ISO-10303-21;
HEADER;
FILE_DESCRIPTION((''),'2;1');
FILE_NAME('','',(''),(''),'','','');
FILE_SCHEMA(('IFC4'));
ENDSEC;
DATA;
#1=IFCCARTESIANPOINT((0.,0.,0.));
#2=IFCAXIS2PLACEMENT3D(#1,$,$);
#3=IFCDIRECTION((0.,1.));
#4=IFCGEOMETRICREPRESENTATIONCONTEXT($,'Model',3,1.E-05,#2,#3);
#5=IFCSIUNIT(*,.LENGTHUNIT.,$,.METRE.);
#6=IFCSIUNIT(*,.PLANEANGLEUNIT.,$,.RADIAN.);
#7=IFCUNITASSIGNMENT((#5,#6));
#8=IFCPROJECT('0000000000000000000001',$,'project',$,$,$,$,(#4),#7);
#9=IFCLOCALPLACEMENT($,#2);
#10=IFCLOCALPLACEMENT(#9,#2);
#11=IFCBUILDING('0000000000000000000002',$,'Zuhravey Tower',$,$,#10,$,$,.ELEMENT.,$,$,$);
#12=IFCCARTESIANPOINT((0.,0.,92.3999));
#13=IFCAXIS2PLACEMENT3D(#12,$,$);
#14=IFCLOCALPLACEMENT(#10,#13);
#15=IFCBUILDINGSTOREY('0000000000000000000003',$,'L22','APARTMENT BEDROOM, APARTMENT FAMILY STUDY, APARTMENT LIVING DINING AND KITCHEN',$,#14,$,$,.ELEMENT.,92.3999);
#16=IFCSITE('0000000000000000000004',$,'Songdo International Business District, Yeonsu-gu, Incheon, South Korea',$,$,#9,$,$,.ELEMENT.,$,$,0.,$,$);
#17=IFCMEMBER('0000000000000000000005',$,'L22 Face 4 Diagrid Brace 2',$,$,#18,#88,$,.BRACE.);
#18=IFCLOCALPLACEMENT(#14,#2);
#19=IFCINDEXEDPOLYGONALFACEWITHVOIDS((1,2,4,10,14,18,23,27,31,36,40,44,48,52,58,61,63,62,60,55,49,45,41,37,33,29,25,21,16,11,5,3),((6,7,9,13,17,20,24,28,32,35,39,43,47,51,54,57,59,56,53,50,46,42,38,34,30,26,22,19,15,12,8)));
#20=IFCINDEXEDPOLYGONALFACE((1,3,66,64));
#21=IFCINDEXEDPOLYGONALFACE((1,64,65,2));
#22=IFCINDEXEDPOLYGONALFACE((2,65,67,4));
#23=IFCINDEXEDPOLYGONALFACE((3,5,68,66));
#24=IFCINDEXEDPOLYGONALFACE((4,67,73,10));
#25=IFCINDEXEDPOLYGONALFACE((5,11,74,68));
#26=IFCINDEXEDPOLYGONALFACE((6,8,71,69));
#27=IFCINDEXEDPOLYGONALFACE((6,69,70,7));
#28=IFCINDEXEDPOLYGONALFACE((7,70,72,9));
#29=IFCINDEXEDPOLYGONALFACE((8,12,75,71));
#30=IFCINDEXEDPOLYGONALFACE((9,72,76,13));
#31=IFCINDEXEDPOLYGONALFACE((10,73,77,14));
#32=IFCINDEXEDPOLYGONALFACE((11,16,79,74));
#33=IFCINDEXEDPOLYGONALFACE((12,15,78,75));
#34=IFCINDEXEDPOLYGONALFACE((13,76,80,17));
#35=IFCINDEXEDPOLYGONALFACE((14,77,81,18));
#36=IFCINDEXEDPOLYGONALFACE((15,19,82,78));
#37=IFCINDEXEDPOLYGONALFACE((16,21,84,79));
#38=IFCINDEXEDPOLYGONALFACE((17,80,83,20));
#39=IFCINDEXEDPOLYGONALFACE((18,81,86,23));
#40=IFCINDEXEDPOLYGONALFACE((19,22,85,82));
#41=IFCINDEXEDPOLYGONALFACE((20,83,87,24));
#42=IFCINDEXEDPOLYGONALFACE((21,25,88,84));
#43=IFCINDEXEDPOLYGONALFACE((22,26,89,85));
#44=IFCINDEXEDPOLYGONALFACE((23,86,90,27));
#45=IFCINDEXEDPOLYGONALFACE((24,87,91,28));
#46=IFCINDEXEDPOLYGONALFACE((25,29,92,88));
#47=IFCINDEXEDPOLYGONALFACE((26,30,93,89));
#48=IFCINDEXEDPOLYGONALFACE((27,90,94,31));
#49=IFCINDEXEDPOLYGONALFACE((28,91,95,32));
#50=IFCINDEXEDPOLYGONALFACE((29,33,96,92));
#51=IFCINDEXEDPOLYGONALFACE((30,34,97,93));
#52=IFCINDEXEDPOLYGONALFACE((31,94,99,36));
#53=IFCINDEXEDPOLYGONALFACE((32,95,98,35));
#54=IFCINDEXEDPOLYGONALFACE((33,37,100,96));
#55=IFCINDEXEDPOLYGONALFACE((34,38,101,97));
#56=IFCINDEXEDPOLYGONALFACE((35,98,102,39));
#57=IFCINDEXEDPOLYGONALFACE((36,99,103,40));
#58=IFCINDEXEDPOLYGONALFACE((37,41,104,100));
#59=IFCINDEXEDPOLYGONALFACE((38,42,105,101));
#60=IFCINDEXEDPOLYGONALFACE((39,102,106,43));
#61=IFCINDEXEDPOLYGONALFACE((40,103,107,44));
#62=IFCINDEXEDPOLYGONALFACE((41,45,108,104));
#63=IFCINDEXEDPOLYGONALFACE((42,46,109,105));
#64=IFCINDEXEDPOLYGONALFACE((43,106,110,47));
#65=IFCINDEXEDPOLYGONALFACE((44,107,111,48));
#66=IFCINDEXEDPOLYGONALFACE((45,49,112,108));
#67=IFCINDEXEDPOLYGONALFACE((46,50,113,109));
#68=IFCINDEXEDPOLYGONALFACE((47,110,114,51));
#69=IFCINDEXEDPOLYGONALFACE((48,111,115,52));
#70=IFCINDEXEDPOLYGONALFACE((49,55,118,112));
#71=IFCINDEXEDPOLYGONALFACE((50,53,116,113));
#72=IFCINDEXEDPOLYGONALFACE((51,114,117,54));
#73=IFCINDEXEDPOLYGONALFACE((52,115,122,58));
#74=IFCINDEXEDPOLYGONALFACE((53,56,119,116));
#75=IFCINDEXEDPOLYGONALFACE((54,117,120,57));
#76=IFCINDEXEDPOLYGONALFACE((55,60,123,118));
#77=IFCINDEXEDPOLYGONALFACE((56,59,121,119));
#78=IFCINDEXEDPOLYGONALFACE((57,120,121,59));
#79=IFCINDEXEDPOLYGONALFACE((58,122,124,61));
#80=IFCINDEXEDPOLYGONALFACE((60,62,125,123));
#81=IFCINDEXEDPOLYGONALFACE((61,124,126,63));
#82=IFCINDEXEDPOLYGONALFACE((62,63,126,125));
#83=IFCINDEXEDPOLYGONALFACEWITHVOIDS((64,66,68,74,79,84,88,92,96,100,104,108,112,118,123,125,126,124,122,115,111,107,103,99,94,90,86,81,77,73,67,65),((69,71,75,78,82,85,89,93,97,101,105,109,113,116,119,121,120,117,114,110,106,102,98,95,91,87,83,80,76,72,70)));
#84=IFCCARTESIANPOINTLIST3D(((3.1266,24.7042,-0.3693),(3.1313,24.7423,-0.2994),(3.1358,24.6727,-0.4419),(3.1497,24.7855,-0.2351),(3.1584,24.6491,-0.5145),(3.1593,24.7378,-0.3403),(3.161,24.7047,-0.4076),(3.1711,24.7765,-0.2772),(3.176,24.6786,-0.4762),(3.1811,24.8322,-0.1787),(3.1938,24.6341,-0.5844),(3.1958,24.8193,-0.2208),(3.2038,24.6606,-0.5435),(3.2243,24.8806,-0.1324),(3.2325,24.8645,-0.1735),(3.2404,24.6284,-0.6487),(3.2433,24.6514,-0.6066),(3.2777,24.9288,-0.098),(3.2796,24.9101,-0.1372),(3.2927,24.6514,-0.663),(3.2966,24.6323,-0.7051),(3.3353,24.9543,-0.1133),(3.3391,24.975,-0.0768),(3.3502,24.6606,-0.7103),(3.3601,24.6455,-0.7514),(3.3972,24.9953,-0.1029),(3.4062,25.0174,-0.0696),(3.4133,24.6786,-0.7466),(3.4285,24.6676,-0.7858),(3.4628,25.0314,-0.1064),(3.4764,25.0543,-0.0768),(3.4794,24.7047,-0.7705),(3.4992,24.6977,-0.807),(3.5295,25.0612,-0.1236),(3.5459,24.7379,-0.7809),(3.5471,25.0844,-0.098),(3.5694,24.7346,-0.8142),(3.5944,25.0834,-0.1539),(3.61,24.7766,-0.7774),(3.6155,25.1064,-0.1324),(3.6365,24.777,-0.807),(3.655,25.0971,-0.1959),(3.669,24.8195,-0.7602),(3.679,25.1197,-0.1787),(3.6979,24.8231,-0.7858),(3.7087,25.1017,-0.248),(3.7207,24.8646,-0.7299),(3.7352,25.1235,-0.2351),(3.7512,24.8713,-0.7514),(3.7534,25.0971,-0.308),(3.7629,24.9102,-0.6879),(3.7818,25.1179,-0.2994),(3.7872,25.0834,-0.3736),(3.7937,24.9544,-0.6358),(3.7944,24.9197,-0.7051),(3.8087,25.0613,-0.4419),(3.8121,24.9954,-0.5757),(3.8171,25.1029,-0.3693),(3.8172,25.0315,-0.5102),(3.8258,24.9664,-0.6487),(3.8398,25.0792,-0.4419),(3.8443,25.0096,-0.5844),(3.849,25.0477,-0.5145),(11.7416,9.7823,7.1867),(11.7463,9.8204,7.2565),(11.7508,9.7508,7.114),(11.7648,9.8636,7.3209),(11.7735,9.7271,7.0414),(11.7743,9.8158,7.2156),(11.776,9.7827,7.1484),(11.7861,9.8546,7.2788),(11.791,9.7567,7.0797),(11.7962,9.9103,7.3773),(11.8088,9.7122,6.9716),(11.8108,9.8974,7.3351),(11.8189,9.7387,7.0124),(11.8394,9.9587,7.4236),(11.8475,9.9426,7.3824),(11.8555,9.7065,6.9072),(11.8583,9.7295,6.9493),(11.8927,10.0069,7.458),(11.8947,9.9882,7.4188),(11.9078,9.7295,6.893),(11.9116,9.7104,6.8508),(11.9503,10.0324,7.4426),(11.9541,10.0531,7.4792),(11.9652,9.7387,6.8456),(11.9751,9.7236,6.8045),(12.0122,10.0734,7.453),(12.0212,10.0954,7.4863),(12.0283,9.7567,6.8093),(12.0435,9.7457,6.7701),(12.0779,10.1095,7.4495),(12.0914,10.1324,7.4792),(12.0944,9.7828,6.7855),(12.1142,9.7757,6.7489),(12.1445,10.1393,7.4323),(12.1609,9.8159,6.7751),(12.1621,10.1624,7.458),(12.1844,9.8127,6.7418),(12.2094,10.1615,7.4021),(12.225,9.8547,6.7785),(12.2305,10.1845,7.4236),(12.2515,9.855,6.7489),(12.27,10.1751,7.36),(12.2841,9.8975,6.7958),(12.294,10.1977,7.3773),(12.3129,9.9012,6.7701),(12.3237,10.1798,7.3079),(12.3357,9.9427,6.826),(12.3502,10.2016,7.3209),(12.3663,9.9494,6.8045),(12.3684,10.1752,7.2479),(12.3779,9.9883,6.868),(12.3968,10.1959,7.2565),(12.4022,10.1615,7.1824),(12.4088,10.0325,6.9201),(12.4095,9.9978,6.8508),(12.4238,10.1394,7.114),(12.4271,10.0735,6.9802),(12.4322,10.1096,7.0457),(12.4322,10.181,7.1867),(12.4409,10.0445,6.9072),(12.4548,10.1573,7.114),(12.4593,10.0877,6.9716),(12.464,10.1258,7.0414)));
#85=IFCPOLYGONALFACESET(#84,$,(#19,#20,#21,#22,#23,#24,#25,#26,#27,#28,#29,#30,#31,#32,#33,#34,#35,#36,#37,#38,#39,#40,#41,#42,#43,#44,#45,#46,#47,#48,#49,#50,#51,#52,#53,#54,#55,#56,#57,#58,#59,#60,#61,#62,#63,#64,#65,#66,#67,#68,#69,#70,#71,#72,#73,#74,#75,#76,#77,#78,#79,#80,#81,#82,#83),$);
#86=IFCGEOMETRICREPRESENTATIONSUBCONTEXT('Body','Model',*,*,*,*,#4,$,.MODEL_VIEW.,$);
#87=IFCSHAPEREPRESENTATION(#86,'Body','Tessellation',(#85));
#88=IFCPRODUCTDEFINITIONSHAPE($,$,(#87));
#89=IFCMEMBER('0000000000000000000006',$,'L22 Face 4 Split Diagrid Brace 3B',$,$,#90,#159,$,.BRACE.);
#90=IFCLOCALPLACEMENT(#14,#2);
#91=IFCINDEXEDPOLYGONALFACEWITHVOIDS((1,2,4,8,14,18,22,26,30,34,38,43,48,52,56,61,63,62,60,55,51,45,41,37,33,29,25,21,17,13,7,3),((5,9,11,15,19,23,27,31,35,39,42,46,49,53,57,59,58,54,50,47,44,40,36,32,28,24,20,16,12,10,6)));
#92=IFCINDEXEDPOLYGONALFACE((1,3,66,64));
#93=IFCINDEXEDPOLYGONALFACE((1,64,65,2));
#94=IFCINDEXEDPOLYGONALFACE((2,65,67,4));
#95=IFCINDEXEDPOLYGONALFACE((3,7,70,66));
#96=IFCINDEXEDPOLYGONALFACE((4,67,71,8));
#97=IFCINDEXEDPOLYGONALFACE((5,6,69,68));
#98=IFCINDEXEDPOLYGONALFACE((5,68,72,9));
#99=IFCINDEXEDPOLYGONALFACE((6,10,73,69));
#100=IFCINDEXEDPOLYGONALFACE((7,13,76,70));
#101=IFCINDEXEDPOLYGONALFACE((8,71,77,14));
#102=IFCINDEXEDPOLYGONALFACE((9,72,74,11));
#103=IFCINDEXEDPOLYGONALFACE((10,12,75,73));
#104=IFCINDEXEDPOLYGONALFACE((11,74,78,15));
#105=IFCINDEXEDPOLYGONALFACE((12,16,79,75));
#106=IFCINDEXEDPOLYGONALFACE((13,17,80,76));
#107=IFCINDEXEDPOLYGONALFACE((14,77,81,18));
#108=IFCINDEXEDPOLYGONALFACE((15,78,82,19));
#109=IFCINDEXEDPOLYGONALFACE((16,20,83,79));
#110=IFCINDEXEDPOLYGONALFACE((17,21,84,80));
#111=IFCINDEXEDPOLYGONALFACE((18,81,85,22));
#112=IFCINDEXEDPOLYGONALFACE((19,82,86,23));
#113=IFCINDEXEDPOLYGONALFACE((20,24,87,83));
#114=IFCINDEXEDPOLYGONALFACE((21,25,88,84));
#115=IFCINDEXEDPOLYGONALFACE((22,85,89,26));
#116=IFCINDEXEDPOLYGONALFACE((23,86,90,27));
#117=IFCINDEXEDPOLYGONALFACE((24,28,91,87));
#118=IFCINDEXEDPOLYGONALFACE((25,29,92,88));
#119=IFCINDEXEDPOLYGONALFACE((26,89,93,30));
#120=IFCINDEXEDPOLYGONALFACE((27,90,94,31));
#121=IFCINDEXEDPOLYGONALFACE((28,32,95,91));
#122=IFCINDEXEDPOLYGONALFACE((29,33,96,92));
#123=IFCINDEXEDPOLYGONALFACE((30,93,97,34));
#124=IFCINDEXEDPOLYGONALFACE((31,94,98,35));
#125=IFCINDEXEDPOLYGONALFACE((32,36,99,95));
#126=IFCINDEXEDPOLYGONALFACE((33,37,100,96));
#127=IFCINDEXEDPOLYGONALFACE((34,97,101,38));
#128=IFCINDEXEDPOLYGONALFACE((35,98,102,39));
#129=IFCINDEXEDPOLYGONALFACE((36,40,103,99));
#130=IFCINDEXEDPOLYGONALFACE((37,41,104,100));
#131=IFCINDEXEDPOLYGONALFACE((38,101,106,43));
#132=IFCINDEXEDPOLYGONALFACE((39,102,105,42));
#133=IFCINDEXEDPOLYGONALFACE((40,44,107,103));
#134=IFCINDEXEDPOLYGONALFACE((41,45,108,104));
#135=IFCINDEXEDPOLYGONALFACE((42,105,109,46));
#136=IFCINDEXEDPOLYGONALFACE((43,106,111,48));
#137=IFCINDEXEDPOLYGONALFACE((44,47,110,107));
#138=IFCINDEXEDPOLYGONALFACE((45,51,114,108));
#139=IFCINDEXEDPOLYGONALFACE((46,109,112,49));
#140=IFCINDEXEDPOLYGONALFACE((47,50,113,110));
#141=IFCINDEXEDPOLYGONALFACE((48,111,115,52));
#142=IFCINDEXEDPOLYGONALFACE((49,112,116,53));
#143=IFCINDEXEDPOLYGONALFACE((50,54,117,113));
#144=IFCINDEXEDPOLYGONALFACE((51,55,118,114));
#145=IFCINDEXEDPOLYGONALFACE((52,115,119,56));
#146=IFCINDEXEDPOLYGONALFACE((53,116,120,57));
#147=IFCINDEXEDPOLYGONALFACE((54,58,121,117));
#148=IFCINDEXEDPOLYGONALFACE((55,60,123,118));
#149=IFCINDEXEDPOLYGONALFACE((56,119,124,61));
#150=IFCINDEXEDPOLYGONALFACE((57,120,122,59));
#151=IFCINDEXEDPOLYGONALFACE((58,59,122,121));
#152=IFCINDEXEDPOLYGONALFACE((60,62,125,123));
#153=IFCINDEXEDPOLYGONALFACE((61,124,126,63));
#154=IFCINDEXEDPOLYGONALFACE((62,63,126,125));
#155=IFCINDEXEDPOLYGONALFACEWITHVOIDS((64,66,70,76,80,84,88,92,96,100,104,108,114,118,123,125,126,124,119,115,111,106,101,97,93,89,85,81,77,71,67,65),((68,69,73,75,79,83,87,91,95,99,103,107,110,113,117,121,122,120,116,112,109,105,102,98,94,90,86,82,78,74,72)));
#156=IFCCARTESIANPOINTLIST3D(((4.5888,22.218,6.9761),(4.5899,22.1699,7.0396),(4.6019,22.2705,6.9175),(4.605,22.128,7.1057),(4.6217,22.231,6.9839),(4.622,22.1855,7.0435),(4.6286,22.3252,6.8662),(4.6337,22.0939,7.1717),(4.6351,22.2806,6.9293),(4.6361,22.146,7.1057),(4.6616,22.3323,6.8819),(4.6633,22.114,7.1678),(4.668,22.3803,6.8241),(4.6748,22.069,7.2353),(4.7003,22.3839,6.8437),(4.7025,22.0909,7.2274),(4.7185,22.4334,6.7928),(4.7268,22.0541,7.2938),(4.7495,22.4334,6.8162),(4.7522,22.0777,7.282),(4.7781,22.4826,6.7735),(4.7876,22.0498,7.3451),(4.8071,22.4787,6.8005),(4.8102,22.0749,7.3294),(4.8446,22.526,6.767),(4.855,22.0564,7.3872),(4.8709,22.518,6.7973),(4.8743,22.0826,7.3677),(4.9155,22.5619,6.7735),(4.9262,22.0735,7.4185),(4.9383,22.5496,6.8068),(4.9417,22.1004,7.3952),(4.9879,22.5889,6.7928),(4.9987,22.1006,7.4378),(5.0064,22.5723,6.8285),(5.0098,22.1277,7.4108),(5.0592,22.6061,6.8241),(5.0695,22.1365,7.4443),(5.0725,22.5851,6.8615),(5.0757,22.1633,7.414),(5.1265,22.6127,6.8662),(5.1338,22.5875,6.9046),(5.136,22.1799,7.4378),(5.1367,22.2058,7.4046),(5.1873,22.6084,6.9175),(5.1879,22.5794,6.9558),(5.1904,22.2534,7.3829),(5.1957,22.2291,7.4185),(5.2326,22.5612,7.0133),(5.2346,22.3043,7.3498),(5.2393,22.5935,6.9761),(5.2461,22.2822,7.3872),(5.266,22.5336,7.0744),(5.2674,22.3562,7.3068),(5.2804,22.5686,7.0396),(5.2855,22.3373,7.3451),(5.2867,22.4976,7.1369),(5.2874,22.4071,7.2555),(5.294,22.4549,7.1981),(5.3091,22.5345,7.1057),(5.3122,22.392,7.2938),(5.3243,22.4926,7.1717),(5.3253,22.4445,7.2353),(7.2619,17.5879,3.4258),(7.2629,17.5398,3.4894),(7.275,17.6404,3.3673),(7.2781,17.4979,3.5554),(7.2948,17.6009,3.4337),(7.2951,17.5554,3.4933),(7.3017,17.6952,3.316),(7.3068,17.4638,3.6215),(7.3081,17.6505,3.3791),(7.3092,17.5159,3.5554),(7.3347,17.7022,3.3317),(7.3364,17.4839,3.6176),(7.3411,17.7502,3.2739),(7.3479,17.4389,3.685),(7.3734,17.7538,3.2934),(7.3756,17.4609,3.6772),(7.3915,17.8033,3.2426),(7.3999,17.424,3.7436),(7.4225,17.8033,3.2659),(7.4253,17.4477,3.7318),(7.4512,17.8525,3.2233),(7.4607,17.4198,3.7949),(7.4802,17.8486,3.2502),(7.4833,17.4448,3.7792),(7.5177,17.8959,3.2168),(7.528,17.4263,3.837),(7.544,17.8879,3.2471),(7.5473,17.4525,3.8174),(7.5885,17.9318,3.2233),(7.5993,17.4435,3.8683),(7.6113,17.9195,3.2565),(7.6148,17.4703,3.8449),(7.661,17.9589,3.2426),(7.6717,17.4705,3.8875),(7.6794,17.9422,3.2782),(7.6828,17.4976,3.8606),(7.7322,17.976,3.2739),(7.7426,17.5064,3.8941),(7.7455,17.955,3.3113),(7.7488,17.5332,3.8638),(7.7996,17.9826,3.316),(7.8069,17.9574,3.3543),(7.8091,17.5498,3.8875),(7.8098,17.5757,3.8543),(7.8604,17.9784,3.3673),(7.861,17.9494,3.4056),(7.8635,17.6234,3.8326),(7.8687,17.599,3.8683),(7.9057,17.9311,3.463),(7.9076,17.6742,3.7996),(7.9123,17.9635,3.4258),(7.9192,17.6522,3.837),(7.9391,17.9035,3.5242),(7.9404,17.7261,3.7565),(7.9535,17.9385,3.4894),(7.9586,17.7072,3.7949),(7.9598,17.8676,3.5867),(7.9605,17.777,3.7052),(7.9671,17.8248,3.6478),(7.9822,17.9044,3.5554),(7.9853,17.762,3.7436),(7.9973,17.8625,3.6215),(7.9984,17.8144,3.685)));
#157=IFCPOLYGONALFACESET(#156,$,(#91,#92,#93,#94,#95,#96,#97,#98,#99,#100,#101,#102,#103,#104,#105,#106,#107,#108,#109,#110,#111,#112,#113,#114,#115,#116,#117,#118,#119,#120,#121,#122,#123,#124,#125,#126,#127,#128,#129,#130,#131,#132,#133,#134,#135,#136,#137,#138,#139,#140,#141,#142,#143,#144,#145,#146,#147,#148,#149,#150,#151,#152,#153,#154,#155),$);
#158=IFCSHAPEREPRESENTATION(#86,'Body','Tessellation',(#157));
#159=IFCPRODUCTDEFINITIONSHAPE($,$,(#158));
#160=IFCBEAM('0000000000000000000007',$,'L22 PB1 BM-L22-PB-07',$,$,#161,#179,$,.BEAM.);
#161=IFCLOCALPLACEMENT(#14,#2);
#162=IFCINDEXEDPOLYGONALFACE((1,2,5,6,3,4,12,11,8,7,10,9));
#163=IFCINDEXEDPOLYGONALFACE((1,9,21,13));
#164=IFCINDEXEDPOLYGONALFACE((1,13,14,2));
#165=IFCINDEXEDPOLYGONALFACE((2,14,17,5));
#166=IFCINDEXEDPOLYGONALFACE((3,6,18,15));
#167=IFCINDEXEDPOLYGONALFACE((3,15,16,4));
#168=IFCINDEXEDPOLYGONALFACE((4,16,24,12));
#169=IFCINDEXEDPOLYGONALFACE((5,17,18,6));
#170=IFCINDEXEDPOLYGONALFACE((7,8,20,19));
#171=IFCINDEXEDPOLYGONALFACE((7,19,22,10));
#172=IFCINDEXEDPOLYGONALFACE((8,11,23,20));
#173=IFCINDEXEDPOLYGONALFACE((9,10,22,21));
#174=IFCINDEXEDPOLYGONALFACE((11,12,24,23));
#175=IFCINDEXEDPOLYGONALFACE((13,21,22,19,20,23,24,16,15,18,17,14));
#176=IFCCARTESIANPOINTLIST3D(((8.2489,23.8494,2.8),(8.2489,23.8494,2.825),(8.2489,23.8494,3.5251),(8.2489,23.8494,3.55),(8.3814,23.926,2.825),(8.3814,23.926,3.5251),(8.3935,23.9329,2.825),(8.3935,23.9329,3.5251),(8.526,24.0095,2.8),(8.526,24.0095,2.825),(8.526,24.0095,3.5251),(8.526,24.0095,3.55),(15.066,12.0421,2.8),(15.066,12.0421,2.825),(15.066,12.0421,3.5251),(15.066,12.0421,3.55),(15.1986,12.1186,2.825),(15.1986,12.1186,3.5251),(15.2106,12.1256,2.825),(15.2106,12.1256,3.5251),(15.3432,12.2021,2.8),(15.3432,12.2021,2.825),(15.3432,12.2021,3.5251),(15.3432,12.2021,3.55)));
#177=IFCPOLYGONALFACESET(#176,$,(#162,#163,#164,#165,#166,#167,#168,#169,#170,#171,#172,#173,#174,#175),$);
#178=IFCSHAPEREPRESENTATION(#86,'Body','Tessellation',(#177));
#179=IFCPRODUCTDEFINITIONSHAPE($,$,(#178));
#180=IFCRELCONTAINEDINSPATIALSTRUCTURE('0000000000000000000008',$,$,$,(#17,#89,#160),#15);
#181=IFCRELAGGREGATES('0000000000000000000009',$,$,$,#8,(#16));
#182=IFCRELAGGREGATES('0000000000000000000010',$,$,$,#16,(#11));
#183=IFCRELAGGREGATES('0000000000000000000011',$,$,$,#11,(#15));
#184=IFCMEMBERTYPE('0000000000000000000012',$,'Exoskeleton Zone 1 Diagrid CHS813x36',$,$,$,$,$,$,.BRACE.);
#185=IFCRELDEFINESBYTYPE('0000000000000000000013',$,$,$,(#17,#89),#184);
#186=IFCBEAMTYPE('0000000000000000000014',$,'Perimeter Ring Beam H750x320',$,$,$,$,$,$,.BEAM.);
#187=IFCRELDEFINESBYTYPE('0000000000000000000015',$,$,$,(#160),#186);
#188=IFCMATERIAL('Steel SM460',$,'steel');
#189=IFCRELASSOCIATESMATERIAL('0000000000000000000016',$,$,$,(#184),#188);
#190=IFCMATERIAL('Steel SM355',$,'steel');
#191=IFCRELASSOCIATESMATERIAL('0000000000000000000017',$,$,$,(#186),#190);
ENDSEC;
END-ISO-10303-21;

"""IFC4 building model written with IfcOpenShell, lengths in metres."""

from ifc_helpers import new_model, si_unit, direction, frame, origin, origin_2d, place, context, subcontext, project, spatial, hollow_circle, i_section, extrude, material, material_profile, profile_set, type_object, element, save


model = new_model("IFC4")

# Units and contexts
model_context = context("Model", 3, precision=1e-05, world=origin(), true_north=direction((0.0, 1.0)))
body_context = subcontext(model_context, "Body", "Model", "MODEL_VIEW")
ifc_project = project(units=[si_unit("LENGTHUNIT", "METRE"), si_unit("PLANEANGLEUNIT", "RADIAN")], contexts=[model_context])

# Site, building, storey
site_placement = place(None, origin())
site = spatial("IfcSite", under=ifc_project, at=site_placement, Name="Songdo International Business District, Yeonsu-gu, Incheon, South Korea", CompositionType="ELEMENT", RefElevation=0.0)
building_placement = place(site_placement, origin())
building = spatial("IfcBuilding", under=site, at=building_placement, Name="Zuhravey Tower", CompositionType="ELEMENT")
storey_placement = place(building_placement, frame((0.0, 0.0, 92.3999)))
storey = spatial("IfcBuildingStorey", under=building, at=storey_placement, Name="L22", Description="APARTMENT BEDROOM, APARTMENT FAMILY STUDY, APARTMENT LIVING DINING AND KITCHEN", CompositionType="ELEMENT", Elevation=92.3999)

# Members
ifc_material_1 = material(Name="Steel SM355", Category="steel")
ifc_material_2 = material(Name="Steel SM460", Category="steel")
ifc_material_profile_1 = material_profile(ifc_material_2, hollow_circle(Radius=0.4065, WallThickness=0.0359, at=origin_2d()), Name="CHS-812.8x36")
ifc_profile_set_1 = profile_set([ifc_material_profile_1], Name="Steel SM460")
member_type_1 = type_object("IfcMemberType", Name="Exoskeleton Zone 1 Diagrid CHS813x36", PredefinedType="BRACE", material=ifc_profile_set_1)
member_1_placement = place(storey_placement, frame((3.4878, 24.876, -0.4419), z_axis=(0.4579, -0.79312, 0.401608), x_axis=(0.866029, 0.499993, 0.0)))
element("IfcMember", 1, at=member_1_placement, inside=storey, type_object=member_type_1, Name="L22 Face 4 Diagrid Brace 2", PredefinedType="BRACE", context=body_context, shape_type="SweptSolid", body=[
    extrude(hollow_circle(Radius=0.4065, WallThickness=0.0359, at=origin_2d()), origin(), (0.0, 0.0, 1.0), 18.8142),
])
member_2_placement = place(storey_placement, frame((7.6301, 17.7012, 3.5554), z_axis=(-0.416513, 0.721451, 0.553195), x_axis=(-0.866034, -0.499985, 0.0)))
element("IfcMember", 2, at=member_2_placement, inside=storey, type_object=member_type_1, Name="L22 Face 4 Split Diagrid Brace 3B", PredefinedType="BRACE", context=body_context, shape_type="SweptSolid", body=[
    extrude(hollow_circle(Radius=0.4065, WallThickness=0.0359, at=origin_2d()), origin(), (0.0, 0.0, 1.0), 6.4177),
])

# Beam
ifc_material_profile_2 = material_profile(ifc_material_1, i_section(OverallWidth=0.3201, OverallDepth=0.75, WebThickness=0.0139, FlangeThickness=0.0249, at=origin_2d()), Name="H-750x320x14x25")
ifc_profile_set_2 = profile_set([ifc_material_profile_2], Name="Steel SM355")
beam_type_1 = type_object("IfcBeamType", Name="Perimeter Ring Beam H750x320", PredefinedType="BEAM", material=ifc_profile_set_2)
beam_1_placement = place(storey_placement, frame((8.3875, 23.9294, 3.175), z_axis=(0.500008, -0.866021, 0.0), x_axis=(0.866021, 0.500008, 0.0)))
element("IfcBeam", 3, at=beam_1_placement, inside=storey, type_object=beam_type_1, Name="L22 PB1 BM-L22-PB-07", PredefinedType="BEAM", context=body_context, shape_type="SweptSolid", body=[
    extrude(i_section(OverallWidth=0.3201, OverallDepth=0.75, WebThickness=0.0139, FlangeThickness=0.0249, at=origin_2d()), origin(), (0.0, 0.0, 1.0), 13.634),
])

save(model, "model.ifc")
